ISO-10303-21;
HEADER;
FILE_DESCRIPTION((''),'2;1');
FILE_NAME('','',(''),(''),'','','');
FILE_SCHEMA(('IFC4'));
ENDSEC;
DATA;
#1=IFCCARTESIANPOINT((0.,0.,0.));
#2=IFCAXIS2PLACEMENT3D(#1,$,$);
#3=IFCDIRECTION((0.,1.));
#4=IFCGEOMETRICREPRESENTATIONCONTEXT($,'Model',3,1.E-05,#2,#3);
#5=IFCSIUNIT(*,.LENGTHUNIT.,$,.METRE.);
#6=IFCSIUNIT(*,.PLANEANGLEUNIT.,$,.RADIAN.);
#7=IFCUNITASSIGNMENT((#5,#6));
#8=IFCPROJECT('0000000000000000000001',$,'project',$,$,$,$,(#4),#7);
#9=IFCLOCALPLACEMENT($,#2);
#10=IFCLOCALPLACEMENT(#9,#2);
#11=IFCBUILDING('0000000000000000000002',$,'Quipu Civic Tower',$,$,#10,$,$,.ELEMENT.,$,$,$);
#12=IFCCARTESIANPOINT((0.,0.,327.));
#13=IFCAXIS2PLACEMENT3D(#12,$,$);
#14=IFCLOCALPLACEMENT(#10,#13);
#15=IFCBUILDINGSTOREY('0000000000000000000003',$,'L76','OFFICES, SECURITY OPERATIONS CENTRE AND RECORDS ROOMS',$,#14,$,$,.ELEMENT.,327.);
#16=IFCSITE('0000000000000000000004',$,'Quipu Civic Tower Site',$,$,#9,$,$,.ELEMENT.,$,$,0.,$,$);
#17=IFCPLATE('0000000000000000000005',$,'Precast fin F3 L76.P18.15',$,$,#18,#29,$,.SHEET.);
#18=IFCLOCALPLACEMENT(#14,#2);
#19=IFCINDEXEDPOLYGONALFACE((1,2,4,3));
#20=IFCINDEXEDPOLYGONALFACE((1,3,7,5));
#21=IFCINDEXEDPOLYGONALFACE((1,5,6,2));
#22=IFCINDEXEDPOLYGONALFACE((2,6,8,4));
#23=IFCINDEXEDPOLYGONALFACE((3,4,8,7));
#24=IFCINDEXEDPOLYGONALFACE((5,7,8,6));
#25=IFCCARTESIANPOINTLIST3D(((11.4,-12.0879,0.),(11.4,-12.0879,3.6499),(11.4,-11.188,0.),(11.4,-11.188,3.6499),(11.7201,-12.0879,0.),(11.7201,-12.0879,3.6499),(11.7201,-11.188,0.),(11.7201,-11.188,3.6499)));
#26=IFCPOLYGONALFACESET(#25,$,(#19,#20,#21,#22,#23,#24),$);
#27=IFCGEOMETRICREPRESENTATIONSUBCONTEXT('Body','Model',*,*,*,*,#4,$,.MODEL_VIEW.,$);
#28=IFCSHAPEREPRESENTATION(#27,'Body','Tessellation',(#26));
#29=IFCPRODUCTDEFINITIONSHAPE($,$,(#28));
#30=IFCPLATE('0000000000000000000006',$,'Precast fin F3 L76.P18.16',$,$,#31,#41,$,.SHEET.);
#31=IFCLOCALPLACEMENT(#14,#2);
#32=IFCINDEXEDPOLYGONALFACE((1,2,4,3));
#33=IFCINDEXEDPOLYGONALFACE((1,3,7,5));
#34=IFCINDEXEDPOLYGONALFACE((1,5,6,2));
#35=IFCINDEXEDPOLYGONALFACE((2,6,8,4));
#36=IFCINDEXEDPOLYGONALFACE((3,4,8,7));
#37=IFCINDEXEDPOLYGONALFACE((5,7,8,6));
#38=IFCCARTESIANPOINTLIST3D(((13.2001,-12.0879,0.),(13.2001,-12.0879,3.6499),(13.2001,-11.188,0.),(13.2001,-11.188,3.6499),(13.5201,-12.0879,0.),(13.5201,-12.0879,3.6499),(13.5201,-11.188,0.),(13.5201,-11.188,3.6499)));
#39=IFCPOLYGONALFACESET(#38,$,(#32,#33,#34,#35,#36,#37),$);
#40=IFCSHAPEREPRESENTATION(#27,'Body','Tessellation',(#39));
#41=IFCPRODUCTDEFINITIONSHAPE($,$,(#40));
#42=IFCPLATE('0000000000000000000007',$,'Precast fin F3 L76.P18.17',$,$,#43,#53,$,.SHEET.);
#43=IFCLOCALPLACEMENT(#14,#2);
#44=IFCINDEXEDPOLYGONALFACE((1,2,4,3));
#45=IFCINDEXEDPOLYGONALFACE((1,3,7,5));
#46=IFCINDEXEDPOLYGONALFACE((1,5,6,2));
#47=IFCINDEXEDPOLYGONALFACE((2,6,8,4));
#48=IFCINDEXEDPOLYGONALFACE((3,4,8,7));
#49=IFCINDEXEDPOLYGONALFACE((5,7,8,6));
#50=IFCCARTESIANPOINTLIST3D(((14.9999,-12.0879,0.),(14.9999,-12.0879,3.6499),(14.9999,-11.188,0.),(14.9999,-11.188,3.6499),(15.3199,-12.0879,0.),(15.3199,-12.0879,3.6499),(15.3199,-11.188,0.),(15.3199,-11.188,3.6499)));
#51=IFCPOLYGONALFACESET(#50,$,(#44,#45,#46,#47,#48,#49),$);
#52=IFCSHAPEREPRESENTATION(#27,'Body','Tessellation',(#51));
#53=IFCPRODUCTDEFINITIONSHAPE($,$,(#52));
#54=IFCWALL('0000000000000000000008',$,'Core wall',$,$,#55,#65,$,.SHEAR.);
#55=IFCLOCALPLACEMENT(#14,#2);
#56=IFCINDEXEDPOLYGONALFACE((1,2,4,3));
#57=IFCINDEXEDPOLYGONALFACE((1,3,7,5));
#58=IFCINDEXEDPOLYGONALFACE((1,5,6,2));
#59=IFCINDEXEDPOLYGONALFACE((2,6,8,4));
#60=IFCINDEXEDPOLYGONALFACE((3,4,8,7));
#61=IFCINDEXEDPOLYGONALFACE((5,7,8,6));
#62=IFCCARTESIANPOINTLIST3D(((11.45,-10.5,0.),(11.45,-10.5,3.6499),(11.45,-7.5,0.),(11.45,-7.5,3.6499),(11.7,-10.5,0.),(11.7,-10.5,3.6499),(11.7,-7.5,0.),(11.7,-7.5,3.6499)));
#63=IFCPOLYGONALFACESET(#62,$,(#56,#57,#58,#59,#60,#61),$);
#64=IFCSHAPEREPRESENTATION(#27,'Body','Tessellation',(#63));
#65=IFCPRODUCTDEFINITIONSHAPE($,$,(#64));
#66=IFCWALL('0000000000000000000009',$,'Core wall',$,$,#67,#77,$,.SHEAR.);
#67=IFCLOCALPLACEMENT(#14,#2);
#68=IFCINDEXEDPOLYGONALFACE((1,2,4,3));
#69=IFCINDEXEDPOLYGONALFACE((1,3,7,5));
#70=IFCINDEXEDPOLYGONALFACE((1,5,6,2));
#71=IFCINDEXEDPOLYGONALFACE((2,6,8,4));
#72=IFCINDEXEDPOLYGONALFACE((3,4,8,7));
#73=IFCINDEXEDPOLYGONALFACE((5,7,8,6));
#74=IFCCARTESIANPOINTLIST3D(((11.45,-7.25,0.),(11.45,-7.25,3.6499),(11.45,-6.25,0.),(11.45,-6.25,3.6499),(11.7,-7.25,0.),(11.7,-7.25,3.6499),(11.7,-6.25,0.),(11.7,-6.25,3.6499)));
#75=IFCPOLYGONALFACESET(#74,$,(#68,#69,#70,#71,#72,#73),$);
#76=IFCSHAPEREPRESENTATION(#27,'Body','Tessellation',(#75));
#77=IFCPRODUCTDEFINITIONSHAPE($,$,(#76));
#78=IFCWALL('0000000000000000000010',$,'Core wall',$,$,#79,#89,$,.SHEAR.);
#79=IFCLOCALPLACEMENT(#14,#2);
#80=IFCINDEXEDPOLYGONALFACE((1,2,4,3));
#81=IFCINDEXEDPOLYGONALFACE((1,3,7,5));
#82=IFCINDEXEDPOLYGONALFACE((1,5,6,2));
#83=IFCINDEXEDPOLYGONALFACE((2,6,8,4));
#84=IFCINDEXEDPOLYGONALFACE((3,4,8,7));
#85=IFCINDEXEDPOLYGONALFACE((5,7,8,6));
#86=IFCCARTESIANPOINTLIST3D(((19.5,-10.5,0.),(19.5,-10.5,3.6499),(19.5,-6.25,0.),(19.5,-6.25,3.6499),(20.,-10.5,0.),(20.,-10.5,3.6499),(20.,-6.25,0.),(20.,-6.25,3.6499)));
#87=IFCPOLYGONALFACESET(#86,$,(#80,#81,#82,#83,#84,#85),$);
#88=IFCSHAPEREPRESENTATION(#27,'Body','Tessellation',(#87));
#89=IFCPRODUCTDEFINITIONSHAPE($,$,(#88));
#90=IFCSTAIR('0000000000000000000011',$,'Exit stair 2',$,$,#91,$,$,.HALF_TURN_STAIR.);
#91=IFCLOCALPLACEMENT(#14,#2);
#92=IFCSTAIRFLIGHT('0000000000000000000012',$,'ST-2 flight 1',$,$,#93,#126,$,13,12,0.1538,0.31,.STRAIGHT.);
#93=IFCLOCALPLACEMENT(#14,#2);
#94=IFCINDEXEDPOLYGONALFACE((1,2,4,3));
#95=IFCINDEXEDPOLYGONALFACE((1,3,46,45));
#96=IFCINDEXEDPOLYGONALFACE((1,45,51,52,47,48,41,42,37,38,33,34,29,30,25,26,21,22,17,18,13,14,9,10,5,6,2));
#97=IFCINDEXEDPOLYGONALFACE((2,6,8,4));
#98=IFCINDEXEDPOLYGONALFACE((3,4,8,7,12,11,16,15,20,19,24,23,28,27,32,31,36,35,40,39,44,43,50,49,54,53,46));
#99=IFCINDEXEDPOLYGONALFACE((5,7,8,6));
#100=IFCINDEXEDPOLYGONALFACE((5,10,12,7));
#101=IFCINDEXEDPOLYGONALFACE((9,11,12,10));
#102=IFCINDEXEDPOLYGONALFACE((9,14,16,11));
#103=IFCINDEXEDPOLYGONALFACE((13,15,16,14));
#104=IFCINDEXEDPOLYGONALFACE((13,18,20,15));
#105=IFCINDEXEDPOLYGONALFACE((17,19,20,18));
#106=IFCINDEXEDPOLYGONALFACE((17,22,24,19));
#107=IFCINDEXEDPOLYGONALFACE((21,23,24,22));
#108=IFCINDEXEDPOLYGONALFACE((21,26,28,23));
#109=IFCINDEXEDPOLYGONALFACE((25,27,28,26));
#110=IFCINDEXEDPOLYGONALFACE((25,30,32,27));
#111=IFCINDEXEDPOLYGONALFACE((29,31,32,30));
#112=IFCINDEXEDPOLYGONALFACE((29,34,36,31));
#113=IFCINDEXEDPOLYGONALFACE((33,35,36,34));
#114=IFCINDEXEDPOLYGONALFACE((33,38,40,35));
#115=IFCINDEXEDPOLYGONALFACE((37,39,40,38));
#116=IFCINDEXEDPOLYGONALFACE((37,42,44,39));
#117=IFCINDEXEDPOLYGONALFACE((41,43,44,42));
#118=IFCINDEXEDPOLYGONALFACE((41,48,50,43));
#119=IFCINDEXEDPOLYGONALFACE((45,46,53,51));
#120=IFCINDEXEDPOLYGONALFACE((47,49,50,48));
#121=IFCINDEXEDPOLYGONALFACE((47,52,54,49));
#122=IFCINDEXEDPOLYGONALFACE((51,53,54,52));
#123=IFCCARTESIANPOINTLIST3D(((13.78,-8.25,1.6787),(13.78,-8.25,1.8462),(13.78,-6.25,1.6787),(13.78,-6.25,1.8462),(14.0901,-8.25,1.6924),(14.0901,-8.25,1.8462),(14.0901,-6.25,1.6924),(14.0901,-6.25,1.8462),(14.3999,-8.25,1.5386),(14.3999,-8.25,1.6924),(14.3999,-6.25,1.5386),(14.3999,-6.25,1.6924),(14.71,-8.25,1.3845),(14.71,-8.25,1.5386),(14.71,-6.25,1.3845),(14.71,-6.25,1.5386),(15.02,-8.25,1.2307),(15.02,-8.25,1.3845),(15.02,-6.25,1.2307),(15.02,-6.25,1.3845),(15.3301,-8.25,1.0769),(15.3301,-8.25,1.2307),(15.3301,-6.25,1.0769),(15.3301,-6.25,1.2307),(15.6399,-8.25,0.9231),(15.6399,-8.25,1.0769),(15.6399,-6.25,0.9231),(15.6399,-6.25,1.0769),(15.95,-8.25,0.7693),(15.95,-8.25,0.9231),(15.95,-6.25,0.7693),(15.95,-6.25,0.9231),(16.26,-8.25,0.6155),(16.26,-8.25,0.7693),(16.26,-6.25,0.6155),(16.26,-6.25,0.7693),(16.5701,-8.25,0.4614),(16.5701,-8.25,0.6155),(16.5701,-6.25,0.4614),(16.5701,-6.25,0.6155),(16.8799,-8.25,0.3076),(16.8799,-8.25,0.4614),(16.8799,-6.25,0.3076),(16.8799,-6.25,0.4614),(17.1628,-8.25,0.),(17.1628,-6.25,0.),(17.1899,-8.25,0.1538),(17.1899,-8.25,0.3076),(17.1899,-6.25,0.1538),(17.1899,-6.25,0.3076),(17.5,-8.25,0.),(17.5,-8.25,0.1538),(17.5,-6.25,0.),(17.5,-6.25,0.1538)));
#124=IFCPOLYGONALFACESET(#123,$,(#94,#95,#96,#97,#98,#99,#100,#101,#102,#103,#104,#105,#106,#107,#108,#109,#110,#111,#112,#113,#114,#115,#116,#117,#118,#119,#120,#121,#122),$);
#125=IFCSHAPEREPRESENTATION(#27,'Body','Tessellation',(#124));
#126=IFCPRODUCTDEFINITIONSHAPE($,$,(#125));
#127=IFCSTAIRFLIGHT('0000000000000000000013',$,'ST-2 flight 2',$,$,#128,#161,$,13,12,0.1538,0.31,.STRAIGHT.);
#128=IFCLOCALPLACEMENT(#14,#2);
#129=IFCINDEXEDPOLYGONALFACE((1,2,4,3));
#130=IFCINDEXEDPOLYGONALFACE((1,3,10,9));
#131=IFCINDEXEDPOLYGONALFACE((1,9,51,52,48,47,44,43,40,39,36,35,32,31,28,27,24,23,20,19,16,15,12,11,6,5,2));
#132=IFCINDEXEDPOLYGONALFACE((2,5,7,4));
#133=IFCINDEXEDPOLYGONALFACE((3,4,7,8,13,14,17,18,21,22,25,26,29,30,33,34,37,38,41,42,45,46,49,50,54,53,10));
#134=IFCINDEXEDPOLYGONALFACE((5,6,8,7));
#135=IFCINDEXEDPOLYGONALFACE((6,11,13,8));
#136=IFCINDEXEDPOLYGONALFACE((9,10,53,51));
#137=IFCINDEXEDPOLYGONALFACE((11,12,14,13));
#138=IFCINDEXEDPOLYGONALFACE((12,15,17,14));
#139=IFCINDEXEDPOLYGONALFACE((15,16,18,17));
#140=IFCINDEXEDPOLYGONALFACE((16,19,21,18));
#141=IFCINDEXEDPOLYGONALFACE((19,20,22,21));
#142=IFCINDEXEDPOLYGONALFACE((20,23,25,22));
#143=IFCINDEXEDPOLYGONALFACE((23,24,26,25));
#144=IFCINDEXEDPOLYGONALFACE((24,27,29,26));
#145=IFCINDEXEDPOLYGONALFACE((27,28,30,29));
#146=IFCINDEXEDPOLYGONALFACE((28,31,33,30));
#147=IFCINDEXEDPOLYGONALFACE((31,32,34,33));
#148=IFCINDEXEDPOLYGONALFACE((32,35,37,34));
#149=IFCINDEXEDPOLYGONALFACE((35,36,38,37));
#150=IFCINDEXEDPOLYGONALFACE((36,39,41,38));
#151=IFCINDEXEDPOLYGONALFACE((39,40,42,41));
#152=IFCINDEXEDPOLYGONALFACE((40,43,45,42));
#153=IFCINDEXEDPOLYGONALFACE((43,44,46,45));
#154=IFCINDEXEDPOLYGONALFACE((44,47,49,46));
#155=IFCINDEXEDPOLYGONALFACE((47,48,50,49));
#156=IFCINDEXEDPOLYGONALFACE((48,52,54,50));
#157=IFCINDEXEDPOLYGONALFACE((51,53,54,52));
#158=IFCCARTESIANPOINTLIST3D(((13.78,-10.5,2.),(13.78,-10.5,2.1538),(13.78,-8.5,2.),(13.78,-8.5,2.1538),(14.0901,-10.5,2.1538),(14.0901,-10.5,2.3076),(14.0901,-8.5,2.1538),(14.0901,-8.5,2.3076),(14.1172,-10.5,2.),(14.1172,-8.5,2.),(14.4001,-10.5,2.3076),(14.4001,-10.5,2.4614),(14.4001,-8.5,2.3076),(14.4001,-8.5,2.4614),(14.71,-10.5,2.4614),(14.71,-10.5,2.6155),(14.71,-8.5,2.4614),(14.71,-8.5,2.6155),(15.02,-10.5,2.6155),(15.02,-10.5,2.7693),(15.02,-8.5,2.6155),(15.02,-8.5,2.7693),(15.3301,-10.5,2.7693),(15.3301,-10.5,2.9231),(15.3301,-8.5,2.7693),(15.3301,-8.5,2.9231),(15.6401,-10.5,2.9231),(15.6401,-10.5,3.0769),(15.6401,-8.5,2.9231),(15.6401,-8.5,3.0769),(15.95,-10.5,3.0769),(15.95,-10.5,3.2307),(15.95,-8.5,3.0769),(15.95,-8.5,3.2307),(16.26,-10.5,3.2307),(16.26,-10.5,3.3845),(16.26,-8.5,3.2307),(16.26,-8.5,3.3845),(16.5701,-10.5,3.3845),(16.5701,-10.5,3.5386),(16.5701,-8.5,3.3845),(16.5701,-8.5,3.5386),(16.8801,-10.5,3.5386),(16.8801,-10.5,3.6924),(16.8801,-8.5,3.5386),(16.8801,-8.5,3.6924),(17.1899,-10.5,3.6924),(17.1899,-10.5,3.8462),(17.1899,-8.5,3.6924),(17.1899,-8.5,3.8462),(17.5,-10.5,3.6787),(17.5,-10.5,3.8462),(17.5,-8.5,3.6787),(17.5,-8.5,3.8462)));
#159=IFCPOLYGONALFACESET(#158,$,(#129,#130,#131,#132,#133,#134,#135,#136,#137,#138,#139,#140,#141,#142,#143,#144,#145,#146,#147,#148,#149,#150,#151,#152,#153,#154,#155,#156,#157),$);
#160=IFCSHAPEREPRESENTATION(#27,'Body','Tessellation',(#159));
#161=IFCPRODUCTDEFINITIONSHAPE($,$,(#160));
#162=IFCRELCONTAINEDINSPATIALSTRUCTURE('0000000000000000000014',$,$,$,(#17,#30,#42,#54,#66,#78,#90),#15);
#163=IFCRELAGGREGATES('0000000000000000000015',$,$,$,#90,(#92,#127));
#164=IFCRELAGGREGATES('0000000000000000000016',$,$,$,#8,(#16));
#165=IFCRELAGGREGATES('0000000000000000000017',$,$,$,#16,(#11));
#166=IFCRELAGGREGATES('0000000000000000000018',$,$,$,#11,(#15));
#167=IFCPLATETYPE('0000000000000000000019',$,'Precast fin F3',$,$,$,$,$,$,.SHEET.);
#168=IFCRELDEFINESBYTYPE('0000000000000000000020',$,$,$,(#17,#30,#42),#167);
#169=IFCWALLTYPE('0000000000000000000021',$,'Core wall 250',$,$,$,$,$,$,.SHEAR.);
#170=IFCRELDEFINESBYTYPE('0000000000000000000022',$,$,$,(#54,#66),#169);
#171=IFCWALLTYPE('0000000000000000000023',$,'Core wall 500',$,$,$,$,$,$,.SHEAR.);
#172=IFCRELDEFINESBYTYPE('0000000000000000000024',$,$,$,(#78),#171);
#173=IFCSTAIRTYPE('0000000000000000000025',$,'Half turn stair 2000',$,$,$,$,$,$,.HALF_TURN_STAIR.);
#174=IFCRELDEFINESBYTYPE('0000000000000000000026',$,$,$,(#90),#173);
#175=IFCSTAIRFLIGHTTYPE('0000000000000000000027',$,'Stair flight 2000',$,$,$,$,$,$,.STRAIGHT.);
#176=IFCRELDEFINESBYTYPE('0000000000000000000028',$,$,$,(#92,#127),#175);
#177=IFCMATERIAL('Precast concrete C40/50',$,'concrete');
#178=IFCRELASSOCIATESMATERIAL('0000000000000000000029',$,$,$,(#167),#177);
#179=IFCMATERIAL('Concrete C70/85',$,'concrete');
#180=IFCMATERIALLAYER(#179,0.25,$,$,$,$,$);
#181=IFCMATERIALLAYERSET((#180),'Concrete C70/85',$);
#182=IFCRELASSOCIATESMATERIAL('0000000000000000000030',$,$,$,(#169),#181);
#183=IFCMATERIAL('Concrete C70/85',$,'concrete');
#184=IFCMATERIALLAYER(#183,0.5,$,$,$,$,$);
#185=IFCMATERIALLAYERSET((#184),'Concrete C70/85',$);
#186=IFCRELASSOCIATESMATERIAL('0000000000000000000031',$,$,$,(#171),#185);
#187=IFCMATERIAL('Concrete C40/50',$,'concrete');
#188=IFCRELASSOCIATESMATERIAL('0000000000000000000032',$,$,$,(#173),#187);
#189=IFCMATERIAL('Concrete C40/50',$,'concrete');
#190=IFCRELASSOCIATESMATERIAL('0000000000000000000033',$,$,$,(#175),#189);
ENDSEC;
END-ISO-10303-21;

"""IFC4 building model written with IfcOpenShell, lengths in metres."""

from ifc_helpers import new_model, si_unit, direction, frame, frame_2d, origin, origin_2d, place, context, subcontext, project, spatial, polyline, rectangle, outline, extrude, material, layer, layer_set, type_object, element, aggregate, save


model = new_model("IFC4")

# Units and contexts
model_context = context("Model", 3, precision=1e-05, world=origin(), true_north=direction((0.0, 1.0)))
body_context = subcontext(model_context, "Body", "Model", "MODEL_VIEW")
ifc_project = project(units=[si_unit("LENGTHUNIT", "METRE"), si_unit("PLANEANGLEUNIT", "RADIAN")], contexts=[model_context])

# Site, building, storey
site_placement = place(None, origin())
site = spatial("IfcSite", under=ifc_project, at=site_placement, Name="Quipu Civic Tower Site", CompositionType="ELEMENT", RefElevation=0.0)
building_placement = place(site_placement, origin())
building = spatial("IfcBuilding", under=site, at=building_placement, Name="Quipu Civic Tower", CompositionType="ELEMENT")
storey_placement = place(building_placement, frame((0.0, 0.0, 327.0)))
storey = spatial("IfcBuildingStorey", under=building, at=storey_placement, Name="L76", Description="OFFICES, SECURITY OPERATIONS CENTRE AND RECORDS ROOMS", CompositionType="ELEMENT", Elevation=327.0)

# Plates
ifc_material_1 = material(Name="Precast concrete C40/50", Category="concrete")
plate_type = type_object("IfcPlateType", Name="Precast fin F3", PredefinedType="SHEET", material=ifc_material_1)
for number, where, z_axis, x_axis, name in (
    (1, (11.5601, -11.6379, 0.0), (0.0, 0.0, 1.0), (1.0, 0.0, 0.0), "Precast fin F3 L76.P18.15"),
    (2, (13.3601, -11.6379, 0.0), (0.0, 0.0, 1.0), (1.0, 0.0, 0.0), "Precast fin F3 L76.P18.16"),
    (3, (15.1599, -11.6379, 0.0), (0.0, 0.0, 1.0), (1.0, 0.0, 0.0), "Precast fin F3 L76.P18.17"),
):
    element("IfcPlate", number, at=place(storey_placement, frame(where, z_axis=z_axis, x_axis=x_axis)), inside=storey, type_object=plate_type, Name=name, PredefinedType="SHEET", context=body_context, shape_type="SweptSolid", body=[
        extrude(rectangle(XDim=0.3201, YDim=0.8999, at=origin_2d()), origin(), (0.0, 0.0, 1.0), 3.6499),
    ])

# Wall
ifc_material_2 = material(Name="Concrete C70/85", Category="concrete")
ifc_layer_1 = layer(ifc_material_2, 0.25)
ifc_layer_set_1 = layer_set([ifc_layer_1], Name="Concrete C70/85")
wall_type_1 = type_object("IfcWallType", Name="Core wall 250", PredefinedType="SHEAR", material=ifc_layer_set_1)
wall_1_placement = place(storey_placement, frame((11.575, -10.5, 0.0), z_axis=(0.0, 0.0, 1.0), x_axis=(0.0, 1.0, 0.0)))
element("IfcWall", 4, at=wall_1_placement, inside=storey, type_object=wall_type_1, Name="Core wall", PredefinedType="SHEAR", context=body_context, shape_type="SweptSolid", body=[
    extrude(rectangle(XDim=3.0, YDim=0.25, at=frame_2d((1.5, 0.0))), origin(), (0.0, 0.0, 1.0), 3.6499),
])

# Walls
wall_2_placement = place(storey_placement, frame((11.575, -7.25, 0.0), z_axis=(0.0, 0.0, 1.0), x_axis=(0.0, 1.0, 0.0)))
element("IfcWall", 5, at=wall_2_placement, inside=storey, type_object=wall_type_1, Name="Core wall", PredefinedType="SHEAR", context=body_context, shape_type="SweptSolid", body=[
    extrude(rectangle(XDim=1.0, YDim=0.25, at=frame_2d((0.5, 0.0))), origin(), (0.0, 0.0, 1.0), 3.6499),
])
ifc_material_3 = material(Name="Concrete C70/85", Category="concrete")
ifc_layer_2 = layer(ifc_material_3, 0.5)
ifc_layer_set_2 = layer_set([ifc_layer_2], Name="Concrete C70/85")
wall_type_2 = type_object("IfcWallType", Name="Core wall 500", PredefinedType="SHEAR", material=ifc_layer_set_2)
wall_3_placement = place(storey_placement, frame((19.75, -10.5, 0.0), z_axis=(0.0, 0.0, 1.0), x_axis=(0.0, 1.0, 0.0)))
element("IfcWall", 6, at=wall_3_placement, inside=storey, type_object=wall_type_2, Name="Core wall", PredefinedType="SHEAR", context=body_context, shape_type="SweptSolid", body=[
    extrude(rectangle(XDim=4.25, YDim=0.5, at=frame_2d((2.125, 0.0))), origin(), (0.0, 0.0, 1.0), 3.6499),
])

# Stair, stair flights
ifc_material_4 = material(Name="Concrete C40/50", Category="concrete")
stair_type = type_object("IfcStairType", Name="Half turn stair 2000", PredefinedType="HALF_TURN_STAIR", material=ifc_material_4)
stair_placement = place(storey_placement, origin())
stair = element("IfcStair", 7, at=stair_placement, inside=storey, type_object=stair_type, Name="Exit stair 2", PredefinedType="HALF_TURN_STAIR")
ifc_material_5 = material(Name="Concrete C40/50", Category="concrete")
stair_flight_type = type_object("IfcStairFlightType", Name="Stair flight 2000", PredefinedType="STRAIGHT", material=ifc_material_5)
stair_flight_1_placement = place(storey_placement, frame((17.5, -7.25, 0.0), z_axis=(0.0, 0.0, 1.0), x_axis=(-1.0, 0.0, 0.0)))
stair_flight_1 = element("IfcStairFlight", 8, at=stair_flight_1_placement, type_object=stair_flight_type, Name="ST-2 flight 1", NumberOfRisers=13, NumberOfTreads=12, PredefinedType="STRAIGHT", RiserHeight=0.1538, TreadLength=0.31, context=body_context, shape_type="SweptSolid", body=[
    extrude(outline(polyline([(0.0, 0.0), (0.0, 0.1538), (0.3101, 0.1538), (0.3101, 0.3076), (0.6201, 0.3076), (0.6201, 0.4614), (0.9299, 0.4614), (0.9299, 0.6155), (1.24, 0.6155), (1.24, 0.7693), (1.55, 0.7693), (1.55, 0.9231), (1.8601, 0.9231), (1.8601, 1.0769), (2.1699, 1.0769), (2.1699, 1.2307), (2.48, 1.2307), (2.48, 1.3845), (2.79, 1.3845), (2.79, 1.5386), (3.1001, 1.5386), (3.1001, 1.6924), (3.4099, 1.6924), (3.4099, 1.8462), (3.72, 1.8462), (3.72, 2.0), (3.72, 1.6787), (0.3372, 0.0), (0.0, 0.0)])), frame((0.0, 1.0, 0.0), z_axis=(0.0, -1.0, 0.0), x_axis=(1.0, 0.0, 0.0)), (0.0, 0.0, 1.0), 2.0),
])
stair_flight_2_placement = place(storey_placement, frame((13.78, -9.5, 2.0), z_axis=(0.0, 0.0, 1.0), x_axis=(1.0, 0.0, 0.0)))
stair_flight_2 = element("IfcStairFlight", 9, at=stair_flight_2_placement, type_object=stair_flight_type, Name="ST-2 flight 2", NumberOfRisers=13, NumberOfTreads=12, PredefinedType="STRAIGHT", RiserHeight=0.1538, TreadLength=0.31, context=body_context, shape_type="SweptSolid", body=[
    extrude(outline(polyline([(0.0, 0.0), (0.0, 0.1538), (0.3101, 0.1538), (0.3101, 0.3076), (0.6201, 0.3076), (0.6201, 0.4614), (0.9299, 0.4614), (0.9299, 0.6155), (1.24, 0.6155), (1.24, 0.7693), (1.55, 0.7693), (1.55, 0.9231), (1.8601, 0.9231), (1.8601, 1.0769), (2.1699, 1.0769), (2.1699, 1.2307), (2.48, 1.2307), (2.48, 1.3845), (2.79, 1.3845), (2.79, 1.5386), (3.1001, 1.5386), (3.1001, 1.6924), (3.4099, 1.6924), (3.4099, 1.8462), (3.72, 1.8462), (3.72, 2.0), (3.72, 1.6787), (0.3372, 0.0), (0.0, 0.0)])), frame((0.0, 1.0, 0.0), z_axis=(0.0, -1.0, 0.0), x_axis=(1.0, 0.0, 0.0)), (0.0, 0.0, 1.0), 2.0),
])
aggregate(stair, [stair_flight_1, stair_flight_2])

save(model, "model.ifc")
